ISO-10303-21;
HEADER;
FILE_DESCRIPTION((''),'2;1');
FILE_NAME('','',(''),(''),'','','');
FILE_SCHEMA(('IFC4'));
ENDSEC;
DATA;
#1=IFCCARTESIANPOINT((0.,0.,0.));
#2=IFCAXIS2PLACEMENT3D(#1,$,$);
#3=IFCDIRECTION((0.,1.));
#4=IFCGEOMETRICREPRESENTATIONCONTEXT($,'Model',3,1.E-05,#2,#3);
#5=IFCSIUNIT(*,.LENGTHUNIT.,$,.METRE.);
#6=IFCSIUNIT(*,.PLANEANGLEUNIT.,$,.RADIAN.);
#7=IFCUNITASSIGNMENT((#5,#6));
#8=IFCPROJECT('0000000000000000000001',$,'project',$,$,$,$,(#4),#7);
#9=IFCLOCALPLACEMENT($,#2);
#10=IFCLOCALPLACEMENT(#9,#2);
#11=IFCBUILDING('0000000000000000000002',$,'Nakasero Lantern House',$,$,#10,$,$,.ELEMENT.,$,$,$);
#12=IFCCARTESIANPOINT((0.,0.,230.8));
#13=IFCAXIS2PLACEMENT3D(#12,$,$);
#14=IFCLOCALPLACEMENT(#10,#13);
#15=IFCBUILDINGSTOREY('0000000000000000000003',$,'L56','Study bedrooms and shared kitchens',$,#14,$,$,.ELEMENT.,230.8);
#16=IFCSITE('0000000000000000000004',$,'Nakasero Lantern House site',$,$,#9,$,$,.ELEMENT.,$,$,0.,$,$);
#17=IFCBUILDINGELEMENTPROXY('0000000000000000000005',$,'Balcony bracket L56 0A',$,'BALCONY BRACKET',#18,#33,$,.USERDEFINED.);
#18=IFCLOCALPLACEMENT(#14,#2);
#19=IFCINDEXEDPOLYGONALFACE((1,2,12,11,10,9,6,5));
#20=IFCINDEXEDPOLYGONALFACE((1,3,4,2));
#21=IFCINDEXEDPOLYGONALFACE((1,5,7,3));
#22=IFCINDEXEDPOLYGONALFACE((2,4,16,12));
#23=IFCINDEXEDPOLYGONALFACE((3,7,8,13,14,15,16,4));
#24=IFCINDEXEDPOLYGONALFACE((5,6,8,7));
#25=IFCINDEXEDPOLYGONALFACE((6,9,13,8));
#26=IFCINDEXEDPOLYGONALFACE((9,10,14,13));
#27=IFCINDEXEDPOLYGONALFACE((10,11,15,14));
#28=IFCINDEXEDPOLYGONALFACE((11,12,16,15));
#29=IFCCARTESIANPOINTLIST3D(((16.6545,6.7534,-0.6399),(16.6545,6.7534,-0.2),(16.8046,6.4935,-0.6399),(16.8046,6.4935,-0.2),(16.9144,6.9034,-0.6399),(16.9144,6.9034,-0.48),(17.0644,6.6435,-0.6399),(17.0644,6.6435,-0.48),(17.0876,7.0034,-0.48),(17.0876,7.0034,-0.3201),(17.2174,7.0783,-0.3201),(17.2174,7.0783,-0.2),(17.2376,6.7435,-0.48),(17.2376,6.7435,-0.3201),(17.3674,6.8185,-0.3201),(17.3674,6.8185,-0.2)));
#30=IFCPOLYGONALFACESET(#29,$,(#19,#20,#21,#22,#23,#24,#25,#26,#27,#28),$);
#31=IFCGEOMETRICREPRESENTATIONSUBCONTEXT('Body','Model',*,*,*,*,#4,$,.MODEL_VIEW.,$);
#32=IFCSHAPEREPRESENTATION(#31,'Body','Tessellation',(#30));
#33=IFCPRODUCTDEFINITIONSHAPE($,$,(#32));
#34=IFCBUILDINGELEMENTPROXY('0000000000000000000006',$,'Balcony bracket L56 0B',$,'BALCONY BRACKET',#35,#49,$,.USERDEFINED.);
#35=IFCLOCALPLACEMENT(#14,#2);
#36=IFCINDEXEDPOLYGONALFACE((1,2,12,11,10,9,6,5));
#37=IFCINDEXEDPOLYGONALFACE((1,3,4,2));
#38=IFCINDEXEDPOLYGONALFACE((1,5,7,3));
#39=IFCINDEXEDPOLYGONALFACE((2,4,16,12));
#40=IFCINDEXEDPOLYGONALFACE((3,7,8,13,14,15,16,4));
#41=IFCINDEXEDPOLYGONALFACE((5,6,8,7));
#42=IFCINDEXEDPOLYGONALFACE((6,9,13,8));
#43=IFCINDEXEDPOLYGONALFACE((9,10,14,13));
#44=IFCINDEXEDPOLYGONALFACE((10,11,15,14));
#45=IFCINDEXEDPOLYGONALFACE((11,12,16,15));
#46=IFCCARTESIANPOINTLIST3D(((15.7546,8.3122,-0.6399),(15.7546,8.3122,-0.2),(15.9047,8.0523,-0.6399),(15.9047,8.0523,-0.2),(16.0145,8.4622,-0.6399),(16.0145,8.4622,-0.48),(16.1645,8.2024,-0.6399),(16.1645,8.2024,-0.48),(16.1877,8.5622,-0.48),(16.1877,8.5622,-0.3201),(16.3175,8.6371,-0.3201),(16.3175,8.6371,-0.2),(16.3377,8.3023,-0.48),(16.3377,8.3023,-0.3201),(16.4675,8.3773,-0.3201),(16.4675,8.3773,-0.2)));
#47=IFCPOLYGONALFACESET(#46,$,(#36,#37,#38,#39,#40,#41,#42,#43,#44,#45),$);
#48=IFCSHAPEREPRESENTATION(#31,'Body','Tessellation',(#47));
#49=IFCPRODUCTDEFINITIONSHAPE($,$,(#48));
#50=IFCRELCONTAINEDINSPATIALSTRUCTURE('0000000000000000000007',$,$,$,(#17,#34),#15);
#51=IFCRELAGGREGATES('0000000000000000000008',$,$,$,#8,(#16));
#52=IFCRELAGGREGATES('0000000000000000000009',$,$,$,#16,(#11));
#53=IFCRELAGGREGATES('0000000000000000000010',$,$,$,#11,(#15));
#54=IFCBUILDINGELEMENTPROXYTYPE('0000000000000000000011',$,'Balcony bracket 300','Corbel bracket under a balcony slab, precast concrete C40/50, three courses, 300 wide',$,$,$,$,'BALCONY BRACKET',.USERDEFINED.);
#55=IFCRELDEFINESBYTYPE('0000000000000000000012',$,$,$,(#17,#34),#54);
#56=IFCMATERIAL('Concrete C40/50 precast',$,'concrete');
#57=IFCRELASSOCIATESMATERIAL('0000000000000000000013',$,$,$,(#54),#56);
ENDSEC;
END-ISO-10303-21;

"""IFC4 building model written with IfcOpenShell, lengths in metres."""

from ifc_helpers import new_model, si_unit, direction, frame, origin, place, context, subcontext, project, spatial, polyline, outline, extrude, material, type_object, element, save


model = new_model("IFC4")

# Units and contexts
model_context = context("Model", 3, precision=1e-05, world=origin(), true_north=direction((0.0, 1.0)))
body_context = subcontext(model_context, "Body", "Model", "MODEL_VIEW")
ifc_project = project(units=[si_unit("LENGTHUNIT", "METRE"), si_unit("PLANEANGLEUNIT", "RADIAN")], contexts=[model_context])

# Site, building, storey
site_placement = place(None, origin())
site = spatial("IfcSite", under=ifc_project, at=site_placement, Name="Nakasero Lantern House site", CompositionType="ELEMENT", RefElevation=0.0)
building_placement = place(site_placement, origin())
building = spatial("IfcBuilding", under=site, at=building_placement, Name="Nakasero Lantern House", CompositionType="ELEMENT")
storey_placement = place(building_placement, frame((0.0, 0.0, 230.8)))
storey = spatial("IfcBuildingStorey", under=building, at=storey_placement, Name="L56", Description="Study bedrooms and shared kitchens", CompositionType="ELEMENT", Elevation=230.8)

# Building element proxies
ifc_material_1 = material(Name="Concrete C40/50 precast", Category="concrete")
building_element_proxy_type = type_object("IfcBuildingElementProxyType", Name="Balcony bracket 300", Description="Corbel bracket under a balcony slab, precast concrete C40/50, three courses, 300 wide", ElementType="BALCONY BRACKET", PredefinedType="USERDEFINED", material=ifc_material_1)
for number, where, z_axis, x_axis, name in (
    (1, (16.7295, 6.6235, -0.2), (0.0, 0.0, 1.0), (0.866025, 0.5, 0.0), "Balcony bracket L56 0A"),
    (2, (15.8296, 8.1824, -0.2), (0.0, 0.0, 1.0), (0.866025, 0.5, 0.0), "Balcony bracket L56 0B"),
):
    element("IfcBuildingElementProxy", number, at=place(storey_placement, frame(where, z_axis=z_axis, x_axis=x_axis)), inside=storey, type_object=building_element_proxy_type, Name=name, ObjectType="BALCONY BRACKET", PredefinedType="USERDEFINED", context=body_context, shape_type="SweptSolid", body=[
        extrude(outline(polyline([(0.0, 0.0), (0.6499, 0.0), (0.6499, -0.1201), (0.5, -0.1201), (0.5, -0.28), (0.3, -0.28), (0.3, -0.4399), (0.0, -0.4399), (0.0, 0.0)])), frame((0.0, 0.1499, 0.0), z_axis=(0.0, -1.0, 0.0), x_axis=(1.0, 0.0, 0.0)), (0.0, 0.0, 1.0), 0.3),
    ])

save(model, "model.ifc")
